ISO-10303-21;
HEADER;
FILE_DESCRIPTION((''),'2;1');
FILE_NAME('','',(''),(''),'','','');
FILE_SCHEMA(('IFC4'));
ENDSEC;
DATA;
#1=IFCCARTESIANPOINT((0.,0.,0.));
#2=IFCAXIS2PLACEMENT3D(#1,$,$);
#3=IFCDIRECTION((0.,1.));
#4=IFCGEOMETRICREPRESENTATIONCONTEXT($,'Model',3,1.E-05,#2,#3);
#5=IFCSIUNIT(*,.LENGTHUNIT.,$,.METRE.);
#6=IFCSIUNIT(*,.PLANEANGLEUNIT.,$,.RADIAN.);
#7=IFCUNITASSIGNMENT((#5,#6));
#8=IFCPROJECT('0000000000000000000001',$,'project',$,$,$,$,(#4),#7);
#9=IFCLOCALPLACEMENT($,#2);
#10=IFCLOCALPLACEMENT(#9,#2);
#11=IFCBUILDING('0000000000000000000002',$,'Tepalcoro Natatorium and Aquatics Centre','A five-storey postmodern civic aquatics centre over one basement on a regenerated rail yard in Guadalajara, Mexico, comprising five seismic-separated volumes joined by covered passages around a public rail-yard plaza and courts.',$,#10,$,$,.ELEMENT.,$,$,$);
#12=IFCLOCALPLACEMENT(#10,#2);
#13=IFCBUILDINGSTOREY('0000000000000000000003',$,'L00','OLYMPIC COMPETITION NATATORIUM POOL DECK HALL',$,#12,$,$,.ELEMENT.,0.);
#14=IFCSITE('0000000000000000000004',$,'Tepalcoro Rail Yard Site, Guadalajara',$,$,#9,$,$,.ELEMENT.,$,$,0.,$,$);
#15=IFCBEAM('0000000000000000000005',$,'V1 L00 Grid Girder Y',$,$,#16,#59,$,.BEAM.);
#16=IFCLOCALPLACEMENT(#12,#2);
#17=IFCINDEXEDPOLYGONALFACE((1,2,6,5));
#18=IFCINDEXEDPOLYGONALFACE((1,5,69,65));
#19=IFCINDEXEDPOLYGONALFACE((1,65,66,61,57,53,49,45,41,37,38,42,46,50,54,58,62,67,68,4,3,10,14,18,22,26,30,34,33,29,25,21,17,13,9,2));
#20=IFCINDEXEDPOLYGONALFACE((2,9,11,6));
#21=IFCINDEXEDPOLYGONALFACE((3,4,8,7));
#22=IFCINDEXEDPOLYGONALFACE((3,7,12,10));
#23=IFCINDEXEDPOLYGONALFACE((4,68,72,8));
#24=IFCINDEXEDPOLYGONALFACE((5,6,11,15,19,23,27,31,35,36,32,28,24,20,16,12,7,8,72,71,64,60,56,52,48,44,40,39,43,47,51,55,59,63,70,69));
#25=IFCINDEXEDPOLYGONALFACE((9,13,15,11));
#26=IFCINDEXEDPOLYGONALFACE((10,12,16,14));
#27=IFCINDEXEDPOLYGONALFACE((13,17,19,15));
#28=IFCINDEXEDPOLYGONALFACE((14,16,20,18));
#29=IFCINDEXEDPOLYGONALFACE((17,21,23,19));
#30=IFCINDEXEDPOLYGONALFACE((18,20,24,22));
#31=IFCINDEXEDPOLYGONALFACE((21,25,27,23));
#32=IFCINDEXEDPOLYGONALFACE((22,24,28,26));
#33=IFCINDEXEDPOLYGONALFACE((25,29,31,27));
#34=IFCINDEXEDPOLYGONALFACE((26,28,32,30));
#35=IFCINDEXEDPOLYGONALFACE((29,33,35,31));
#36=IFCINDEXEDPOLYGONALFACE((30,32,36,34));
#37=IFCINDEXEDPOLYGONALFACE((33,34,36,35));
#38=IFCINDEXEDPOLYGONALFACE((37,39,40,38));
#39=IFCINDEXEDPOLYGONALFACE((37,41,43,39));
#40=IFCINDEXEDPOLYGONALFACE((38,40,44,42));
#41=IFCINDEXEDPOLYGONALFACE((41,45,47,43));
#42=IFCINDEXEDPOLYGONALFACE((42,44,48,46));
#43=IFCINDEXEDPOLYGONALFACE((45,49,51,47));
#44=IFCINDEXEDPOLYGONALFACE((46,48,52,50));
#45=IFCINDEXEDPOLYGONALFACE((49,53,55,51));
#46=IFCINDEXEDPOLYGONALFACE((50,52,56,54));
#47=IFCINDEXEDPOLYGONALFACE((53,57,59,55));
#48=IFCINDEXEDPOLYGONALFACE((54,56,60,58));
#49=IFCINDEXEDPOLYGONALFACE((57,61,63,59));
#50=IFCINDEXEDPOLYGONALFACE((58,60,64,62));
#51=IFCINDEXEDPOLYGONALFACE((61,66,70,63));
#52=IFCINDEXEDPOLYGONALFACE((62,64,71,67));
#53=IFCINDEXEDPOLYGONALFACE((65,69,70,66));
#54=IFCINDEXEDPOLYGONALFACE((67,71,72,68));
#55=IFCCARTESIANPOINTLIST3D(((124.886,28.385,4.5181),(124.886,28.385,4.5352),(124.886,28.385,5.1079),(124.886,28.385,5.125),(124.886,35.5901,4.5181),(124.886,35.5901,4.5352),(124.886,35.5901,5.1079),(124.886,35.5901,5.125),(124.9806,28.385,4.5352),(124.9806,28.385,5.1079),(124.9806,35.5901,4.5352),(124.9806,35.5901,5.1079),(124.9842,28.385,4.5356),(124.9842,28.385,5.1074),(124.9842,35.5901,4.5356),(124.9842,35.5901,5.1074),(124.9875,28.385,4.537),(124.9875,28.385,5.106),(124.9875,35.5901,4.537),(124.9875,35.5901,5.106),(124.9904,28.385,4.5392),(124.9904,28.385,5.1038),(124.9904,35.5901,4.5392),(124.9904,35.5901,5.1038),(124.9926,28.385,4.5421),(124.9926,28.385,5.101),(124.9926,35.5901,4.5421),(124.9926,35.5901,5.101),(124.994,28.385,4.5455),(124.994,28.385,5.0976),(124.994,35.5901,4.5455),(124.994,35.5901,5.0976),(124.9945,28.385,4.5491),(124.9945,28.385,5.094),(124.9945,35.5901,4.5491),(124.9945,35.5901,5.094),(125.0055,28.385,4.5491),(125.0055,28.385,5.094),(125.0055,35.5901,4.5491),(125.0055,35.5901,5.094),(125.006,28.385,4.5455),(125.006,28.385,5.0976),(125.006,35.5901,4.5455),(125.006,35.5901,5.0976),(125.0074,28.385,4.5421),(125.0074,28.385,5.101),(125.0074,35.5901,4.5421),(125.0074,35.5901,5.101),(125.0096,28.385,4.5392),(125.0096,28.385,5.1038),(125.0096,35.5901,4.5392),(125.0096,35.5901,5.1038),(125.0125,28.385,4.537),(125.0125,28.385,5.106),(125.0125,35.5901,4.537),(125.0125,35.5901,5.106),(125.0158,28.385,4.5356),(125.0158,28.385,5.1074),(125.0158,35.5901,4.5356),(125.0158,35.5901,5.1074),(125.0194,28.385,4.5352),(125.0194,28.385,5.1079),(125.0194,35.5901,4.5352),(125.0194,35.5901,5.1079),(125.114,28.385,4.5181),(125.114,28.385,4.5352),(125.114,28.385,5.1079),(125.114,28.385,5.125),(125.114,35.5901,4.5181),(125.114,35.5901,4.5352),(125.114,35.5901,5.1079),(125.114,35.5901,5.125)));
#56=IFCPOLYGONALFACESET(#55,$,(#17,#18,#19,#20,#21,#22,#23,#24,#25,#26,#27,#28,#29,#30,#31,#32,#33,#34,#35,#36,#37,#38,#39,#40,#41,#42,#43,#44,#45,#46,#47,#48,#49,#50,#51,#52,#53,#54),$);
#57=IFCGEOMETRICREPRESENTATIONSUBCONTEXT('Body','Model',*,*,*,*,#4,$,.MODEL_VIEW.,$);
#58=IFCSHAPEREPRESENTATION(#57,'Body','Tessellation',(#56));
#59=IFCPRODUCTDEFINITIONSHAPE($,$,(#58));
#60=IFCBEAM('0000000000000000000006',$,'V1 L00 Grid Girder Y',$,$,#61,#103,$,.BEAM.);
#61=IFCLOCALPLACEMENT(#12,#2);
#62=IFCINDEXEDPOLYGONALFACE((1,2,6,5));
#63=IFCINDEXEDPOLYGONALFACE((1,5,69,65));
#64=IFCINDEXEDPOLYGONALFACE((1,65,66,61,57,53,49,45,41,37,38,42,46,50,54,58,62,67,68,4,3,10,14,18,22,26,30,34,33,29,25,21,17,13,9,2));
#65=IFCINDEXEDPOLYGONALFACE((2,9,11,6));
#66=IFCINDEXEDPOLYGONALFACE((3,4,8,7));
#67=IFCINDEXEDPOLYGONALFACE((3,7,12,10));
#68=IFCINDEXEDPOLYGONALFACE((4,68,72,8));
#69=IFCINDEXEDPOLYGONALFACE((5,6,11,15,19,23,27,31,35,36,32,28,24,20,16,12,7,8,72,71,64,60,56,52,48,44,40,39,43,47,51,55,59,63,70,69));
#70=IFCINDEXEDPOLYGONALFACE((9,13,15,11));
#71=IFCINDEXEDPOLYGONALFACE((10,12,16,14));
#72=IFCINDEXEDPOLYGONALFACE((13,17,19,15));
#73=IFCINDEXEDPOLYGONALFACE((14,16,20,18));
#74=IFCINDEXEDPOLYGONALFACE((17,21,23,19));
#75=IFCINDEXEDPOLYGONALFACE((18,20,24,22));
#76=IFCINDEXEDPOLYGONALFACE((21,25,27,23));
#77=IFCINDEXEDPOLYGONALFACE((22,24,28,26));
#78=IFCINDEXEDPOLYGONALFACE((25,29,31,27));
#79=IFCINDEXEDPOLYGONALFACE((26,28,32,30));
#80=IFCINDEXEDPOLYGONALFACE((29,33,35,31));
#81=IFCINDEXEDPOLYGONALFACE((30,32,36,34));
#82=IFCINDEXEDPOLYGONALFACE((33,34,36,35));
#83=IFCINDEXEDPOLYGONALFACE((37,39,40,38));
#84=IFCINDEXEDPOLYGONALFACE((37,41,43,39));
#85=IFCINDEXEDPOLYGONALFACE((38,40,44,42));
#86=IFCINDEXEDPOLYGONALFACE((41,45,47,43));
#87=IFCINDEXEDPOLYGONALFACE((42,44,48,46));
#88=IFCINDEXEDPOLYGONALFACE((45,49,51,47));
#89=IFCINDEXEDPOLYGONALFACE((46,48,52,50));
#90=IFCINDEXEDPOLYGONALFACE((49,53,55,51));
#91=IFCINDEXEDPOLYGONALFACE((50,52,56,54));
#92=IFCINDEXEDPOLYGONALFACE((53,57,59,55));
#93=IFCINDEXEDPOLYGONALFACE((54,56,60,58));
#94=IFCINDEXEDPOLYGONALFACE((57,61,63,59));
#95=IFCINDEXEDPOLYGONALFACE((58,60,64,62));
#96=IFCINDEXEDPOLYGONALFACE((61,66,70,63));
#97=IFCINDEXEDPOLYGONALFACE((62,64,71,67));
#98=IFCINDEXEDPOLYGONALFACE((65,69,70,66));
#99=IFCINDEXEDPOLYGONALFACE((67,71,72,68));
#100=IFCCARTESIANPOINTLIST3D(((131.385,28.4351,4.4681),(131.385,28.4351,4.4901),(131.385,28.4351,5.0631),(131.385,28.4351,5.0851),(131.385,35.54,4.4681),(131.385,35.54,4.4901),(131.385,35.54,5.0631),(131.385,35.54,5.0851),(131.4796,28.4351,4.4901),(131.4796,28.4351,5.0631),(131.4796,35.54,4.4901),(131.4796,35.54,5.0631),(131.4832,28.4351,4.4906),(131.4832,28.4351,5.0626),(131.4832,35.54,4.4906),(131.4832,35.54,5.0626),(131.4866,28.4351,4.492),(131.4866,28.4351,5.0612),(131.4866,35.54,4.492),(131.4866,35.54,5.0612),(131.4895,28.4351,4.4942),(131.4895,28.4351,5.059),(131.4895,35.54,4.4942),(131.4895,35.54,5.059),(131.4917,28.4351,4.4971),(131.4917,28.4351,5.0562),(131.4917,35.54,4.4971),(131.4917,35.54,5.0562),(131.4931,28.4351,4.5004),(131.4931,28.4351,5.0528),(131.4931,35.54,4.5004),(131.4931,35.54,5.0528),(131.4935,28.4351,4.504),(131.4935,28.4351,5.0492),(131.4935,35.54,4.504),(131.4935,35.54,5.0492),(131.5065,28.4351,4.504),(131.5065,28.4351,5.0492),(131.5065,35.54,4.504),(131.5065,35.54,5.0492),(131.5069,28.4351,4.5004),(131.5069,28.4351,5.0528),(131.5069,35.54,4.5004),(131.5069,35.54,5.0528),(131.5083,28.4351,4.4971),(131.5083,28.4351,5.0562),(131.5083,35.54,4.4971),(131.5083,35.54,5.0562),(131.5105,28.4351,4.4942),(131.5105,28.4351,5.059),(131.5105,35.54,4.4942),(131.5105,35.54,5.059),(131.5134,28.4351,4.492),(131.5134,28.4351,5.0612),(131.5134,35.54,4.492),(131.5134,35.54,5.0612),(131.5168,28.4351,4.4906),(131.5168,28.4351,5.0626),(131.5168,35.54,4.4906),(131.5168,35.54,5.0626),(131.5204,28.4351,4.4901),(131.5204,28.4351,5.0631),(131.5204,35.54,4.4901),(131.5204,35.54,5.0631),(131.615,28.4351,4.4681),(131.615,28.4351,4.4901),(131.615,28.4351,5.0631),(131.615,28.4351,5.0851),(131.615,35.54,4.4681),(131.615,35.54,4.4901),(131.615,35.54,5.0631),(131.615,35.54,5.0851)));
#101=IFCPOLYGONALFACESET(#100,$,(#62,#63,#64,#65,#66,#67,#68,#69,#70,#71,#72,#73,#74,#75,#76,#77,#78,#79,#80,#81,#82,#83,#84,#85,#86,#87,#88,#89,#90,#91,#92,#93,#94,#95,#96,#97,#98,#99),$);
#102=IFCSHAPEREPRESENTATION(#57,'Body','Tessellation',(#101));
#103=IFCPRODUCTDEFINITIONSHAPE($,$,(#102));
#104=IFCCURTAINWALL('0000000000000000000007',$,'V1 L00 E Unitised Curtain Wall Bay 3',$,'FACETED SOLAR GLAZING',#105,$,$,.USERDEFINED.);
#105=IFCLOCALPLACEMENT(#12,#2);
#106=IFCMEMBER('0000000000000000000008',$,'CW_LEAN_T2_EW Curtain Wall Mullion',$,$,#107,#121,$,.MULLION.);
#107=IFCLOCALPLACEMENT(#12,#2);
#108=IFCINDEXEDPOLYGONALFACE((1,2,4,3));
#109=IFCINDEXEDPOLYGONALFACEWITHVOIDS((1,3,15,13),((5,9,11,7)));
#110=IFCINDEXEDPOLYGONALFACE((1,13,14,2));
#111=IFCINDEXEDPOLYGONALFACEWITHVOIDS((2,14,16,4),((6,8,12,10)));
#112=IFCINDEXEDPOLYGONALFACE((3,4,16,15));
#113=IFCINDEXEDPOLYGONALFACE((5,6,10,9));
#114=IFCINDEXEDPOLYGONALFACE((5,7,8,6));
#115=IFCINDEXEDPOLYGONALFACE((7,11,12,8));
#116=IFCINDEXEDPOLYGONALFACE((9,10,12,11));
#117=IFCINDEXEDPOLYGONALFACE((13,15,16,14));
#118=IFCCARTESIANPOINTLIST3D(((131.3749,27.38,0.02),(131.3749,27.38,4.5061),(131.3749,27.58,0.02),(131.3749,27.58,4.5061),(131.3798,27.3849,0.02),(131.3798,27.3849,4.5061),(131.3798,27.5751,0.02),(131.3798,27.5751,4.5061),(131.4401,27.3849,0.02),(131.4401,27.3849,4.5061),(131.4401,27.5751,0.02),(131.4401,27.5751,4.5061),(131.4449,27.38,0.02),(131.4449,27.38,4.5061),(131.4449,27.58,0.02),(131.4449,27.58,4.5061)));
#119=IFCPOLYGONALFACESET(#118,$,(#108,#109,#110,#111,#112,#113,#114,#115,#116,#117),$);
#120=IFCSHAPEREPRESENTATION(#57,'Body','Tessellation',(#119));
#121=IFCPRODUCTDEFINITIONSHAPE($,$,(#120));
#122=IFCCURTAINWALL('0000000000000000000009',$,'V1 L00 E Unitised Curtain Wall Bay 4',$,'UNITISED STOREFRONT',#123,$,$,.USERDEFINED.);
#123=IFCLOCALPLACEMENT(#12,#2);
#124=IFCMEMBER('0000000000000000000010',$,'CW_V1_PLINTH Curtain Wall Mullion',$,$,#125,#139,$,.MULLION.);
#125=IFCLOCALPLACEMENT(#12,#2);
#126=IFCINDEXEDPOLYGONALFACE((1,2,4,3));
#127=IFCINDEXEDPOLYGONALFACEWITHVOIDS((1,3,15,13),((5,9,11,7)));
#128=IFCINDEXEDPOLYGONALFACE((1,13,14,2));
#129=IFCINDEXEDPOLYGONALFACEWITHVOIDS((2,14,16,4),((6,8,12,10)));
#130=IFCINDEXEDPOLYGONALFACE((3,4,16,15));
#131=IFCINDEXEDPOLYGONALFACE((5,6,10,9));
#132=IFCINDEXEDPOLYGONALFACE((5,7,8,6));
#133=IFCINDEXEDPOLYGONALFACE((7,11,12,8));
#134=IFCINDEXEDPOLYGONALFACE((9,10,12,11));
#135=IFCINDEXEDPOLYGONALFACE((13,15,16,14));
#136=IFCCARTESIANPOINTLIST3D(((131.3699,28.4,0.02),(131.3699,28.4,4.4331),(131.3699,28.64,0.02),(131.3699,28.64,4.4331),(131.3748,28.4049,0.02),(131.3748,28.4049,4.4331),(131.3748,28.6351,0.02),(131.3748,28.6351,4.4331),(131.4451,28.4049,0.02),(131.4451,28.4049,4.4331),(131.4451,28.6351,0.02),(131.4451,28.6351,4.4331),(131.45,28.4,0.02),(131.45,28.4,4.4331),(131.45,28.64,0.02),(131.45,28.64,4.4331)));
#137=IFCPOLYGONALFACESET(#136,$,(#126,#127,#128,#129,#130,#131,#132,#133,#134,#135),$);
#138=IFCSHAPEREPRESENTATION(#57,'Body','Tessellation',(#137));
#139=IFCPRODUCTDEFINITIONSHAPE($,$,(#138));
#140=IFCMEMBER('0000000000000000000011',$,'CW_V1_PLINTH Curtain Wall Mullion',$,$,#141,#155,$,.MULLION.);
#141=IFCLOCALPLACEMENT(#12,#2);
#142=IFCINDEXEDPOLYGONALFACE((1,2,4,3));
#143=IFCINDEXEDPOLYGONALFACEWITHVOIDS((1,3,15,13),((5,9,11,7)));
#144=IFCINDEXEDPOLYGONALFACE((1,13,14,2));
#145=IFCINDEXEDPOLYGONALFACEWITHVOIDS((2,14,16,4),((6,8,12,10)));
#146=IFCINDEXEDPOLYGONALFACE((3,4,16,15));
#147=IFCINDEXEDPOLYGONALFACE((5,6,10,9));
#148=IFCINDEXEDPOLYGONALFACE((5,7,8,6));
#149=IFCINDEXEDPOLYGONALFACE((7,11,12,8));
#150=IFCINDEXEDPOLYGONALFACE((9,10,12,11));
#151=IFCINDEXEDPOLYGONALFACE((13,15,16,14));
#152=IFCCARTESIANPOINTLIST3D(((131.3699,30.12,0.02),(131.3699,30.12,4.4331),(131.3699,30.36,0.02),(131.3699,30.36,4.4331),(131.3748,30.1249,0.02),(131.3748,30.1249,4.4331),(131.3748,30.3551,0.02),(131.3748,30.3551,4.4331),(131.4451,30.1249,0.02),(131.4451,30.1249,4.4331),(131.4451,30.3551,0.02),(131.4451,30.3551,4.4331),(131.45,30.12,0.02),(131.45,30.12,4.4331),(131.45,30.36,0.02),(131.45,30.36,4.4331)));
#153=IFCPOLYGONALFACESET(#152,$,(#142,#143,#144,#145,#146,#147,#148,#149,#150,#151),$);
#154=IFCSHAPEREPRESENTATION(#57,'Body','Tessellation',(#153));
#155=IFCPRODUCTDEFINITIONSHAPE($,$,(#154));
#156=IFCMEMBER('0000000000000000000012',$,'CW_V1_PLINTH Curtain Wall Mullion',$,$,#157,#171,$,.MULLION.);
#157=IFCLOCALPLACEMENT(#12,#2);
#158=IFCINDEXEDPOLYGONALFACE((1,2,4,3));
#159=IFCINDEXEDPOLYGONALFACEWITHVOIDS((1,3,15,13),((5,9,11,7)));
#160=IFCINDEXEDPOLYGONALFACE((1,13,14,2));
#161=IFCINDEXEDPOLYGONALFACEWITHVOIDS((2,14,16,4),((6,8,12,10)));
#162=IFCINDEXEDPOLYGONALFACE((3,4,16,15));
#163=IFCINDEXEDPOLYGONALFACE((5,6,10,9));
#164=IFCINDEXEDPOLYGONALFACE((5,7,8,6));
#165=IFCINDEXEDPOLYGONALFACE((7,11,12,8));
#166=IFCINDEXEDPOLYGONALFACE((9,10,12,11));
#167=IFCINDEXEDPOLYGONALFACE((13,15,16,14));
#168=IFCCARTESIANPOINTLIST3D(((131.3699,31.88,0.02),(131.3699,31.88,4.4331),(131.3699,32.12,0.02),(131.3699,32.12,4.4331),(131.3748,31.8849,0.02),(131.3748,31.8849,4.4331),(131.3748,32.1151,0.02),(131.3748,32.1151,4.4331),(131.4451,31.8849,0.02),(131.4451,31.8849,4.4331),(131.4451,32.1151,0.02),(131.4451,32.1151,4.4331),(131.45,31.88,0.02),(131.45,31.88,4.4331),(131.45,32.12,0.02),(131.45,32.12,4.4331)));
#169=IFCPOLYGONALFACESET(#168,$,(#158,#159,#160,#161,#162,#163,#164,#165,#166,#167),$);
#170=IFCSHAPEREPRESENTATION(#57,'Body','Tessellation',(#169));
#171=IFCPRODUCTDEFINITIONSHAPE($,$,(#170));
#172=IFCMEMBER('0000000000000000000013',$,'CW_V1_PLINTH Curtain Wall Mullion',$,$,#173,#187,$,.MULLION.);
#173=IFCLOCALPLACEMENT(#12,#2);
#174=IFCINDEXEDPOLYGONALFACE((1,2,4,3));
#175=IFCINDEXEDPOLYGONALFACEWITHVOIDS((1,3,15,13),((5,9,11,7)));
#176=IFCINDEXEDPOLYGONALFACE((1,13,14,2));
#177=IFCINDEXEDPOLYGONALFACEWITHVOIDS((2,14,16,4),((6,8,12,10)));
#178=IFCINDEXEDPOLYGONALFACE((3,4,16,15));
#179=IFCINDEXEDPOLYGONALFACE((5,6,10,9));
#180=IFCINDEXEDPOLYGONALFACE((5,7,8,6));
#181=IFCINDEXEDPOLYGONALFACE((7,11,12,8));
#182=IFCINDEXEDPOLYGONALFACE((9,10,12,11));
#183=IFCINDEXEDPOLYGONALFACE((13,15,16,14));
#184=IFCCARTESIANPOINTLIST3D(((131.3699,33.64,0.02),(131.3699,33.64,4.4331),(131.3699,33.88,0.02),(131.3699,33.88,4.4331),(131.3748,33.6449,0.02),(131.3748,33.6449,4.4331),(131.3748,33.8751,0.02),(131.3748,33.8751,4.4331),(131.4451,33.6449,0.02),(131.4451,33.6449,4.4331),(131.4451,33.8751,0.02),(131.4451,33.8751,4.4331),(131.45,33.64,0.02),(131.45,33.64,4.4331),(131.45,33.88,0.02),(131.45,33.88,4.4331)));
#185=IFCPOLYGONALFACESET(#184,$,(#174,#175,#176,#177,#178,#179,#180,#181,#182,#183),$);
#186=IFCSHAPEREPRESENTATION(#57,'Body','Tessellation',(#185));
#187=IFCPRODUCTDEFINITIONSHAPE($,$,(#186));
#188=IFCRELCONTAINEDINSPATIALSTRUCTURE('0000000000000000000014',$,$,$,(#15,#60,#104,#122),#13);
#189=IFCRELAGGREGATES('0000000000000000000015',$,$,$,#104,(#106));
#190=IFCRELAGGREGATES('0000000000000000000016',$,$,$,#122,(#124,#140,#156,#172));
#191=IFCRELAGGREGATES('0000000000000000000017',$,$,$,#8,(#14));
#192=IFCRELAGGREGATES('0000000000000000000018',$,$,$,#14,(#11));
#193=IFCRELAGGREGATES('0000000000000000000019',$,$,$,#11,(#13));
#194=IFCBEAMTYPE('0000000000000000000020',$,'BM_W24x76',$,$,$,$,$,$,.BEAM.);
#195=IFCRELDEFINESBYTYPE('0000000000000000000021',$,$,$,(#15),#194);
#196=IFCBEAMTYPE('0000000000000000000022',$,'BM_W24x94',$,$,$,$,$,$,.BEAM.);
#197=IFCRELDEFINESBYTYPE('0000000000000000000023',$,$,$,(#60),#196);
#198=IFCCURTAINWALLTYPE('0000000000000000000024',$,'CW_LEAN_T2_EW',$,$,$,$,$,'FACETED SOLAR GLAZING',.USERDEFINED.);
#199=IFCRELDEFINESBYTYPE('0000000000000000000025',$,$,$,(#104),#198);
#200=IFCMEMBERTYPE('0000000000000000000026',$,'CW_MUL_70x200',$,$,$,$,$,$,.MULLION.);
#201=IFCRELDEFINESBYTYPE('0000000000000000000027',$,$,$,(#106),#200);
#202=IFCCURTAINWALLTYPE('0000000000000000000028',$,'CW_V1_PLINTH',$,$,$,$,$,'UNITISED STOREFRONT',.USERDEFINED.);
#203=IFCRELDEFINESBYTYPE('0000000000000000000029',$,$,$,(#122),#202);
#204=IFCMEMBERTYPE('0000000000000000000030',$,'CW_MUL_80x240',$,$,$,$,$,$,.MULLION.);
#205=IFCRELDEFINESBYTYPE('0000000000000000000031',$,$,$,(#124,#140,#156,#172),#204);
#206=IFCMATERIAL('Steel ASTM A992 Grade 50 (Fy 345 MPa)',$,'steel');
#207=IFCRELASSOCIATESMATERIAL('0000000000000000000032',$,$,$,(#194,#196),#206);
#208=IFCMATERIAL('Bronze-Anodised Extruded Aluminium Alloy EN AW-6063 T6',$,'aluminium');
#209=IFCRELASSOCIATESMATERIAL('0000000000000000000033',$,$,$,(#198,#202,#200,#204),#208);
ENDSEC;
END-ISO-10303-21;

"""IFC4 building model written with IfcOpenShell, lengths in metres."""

from ifc_helpers import new_model, si_unit, direction, frame, origin, origin_2d, place, context, subcontext, project, spatial, hollow_rectangle, i_section, extrude, material, material_profile, profile_set, type_object, element, aggregate, save


model = new_model("IFC4")

# Units and contexts
model_context = context("Model", 3, precision=1e-05, world=origin(), true_north=direction((0.0, 1.0)))
body_context = subcontext(model_context, "Body", "Model", "MODEL_VIEW")
ifc_project = project(units=[si_unit("LENGTHUNIT", "METRE"), si_unit("PLANEANGLEUNIT", "RADIAN")], contexts=[model_context])

# Site, building, storey
site_placement = place(None, origin())
site = spatial("IfcSite", under=ifc_project, at=site_placement, Name="Tepalcoro Rail Yard Site, Guadalajara", CompositionType="ELEMENT", RefElevation=0.0)
building_placement = place(site_placement, origin())
building = spatial("IfcBuilding", under=site, at=building_placement, Name="Tepalcoro Natatorium and Aquatics Centre", Description="A five-storey postmodern civic aquatics centre over one basement on a regenerated rail yard in Guadalajara, Mexico, comprising five seismic-separated volumes joined by covered passages around a public rail-yard plaza and courts.", CompositionType="ELEMENT")
storey_placement = place(building_placement, origin())
storey = spatial("IfcBuildingStorey", under=building, at=storey_placement, Name="L00", Description="OLYMPIC COMPETITION NATATORIUM POOL DECK HALL", CompositionType="ELEMENT", Elevation=0.0)

# Beams
ifc_material_1 = material(Name="Steel ASTM A992 Grade 50 (Fy 345 MPa)", Category="steel")
ifc_material_profile_1 = material_profile(ifc_material_1, i_section(OverallWidth=0.228, OverallDepth=0.6069, WebThickness=0.011, FlangeThickness=0.0171, FilletRadius=0.0139, at=origin_2d()), Name="W24X76")
ifc_profile_set_1 = profile_set([ifc_material_profile_1], Name="Steel ASTM A992 Grade 50 (Fy 345 MPa)")
beam_type_1 = type_object("IfcBeamType", Name="BM_W24x76", PredefinedType="BEAM", material=ifc_profile_set_1)
beam_1_placement = place(storey_placement, frame((125.0, 28.385, 4.8215), z_axis=(0.0, 1.0, 0.0), x_axis=(-1.0, 0.0, 0.0)))
element("IfcBeam", 1, at=beam_1_placement, inside=storey, type_object=beam_type_1, Name="V1 L00 Grid Girder Y", PredefinedType="BEAM", context=body_context, shape_type="SweptSolid", body=[
    extrude(i_section(OverallWidth=0.228, OverallDepth=0.6069, WebThickness=0.011, FlangeThickness=0.0171, FilletRadius=0.0139, at=origin_2d()), origin(), (0.0, 0.0, 1.0), 7.2051),
])
ifc_material_profile_2 = material_profile(ifc_material_1, i_section(OverallWidth=0.23, OverallDepth=0.6169, WebThickness=0.0129, FlangeThickness=0.022, FilletRadius=0.0139, at=origin_2d()), Name="W24X94")
ifc_profile_set_2 = profile_set([ifc_material_profile_2], Name="Steel ASTM A992 Grade 50 (Fy 345 MPa)")
beam_type_2 = type_object("IfcBeamType", Name="BM_W24x94", PredefinedType="BEAM", material=ifc_profile_set_2)
beam_2_placement = place(storey_placement, frame((131.5, 28.4351, 4.7766), z_axis=(0.0, 1.0, 0.0), x_axis=(-1.0, 0.0, 0.0)))
element("IfcBeam", 2, at=beam_2_placement, inside=storey, type_object=beam_type_2, Name="V1 L00 Grid Girder Y", PredefinedType="BEAM", context=body_context, shape_type="SweptSolid", body=[
    extrude(i_section(OverallWidth=0.23, OverallDepth=0.6169, WebThickness=0.0129, FlangeThickness=0.022, FilletRadius=0.0139, at=origin_2d()), origin(), (0.0, 0.0, 1.0), 7.105),
])

# Curtain wall, member
ifc_material_2 = material(Name="Bronze-Anodised Extruded Aluminium Alloy EN AW-6063 T6", Category="aluminium")
curtain_wall_type_1 = type_object("IfcCurtainWallType", Name="CW_LEAN_T2_EW", ElementType="FACETED SOLAR GLAZING", PredefinedType="USERDEFINED", material=ifc_material_2)
curtain_wall_1_placement = place(storey_placement, origin())
curtain_wall_1 = element("IfcCurtainWall", 3, at=curtain_wall_1_placement, inside=storey, type_object=curtain_wall_type_1, Name="V1 L00 E Unitised Curtain Wall Bay 3", ObjectType="FACETED SOLAR GLAZING", PredefinedType="USERDEFINED")
ifc_material_profile_3 = material_profile(ifc_material_2, hollow_rectangle(XDim=0.0701, YDim=0.2, WallThickness=0.0049, at=origin_2d()), Name="AL70X200X5")
ifc_profile_set_3 = profile_set([ifc_material_profile_3], Name="Bronze-Anodised Extruded Aluminium Alloy EN AW-6063 T6")
member_type_1 = type_object("IfcMemberType", Name="CW_MUL_70x200", PredefinedType="MULLION", material=ifc_profile_set_3)
member_1_placement = place(storey_placement, frame((131.4099, 27.48, 0.02), z_axis=(0.0, 0.0, 1.0), x_axis=(1.0, 0.0, 0.0)))
member_1 = element("IfcMember", 4, at=member_1_placement, type_object=member_type_1, Name="CW_LEAN_T2_EW Curtain Wall Mullion", PredefinedType="MULLION", context=body_context, shape_type="SweptSolid", body=[
    extrude(hollow_rectangle(XDim=0.0701, YDim=0.2, WallThickness=0.0049, at=origin_2d()), origin(), (0.0, 0.0, 1.0), 4.4861),
])
aggregate(curtain_wall_1, [member_1])

# Curtain wall, members
curtain_wall_type_2 = type_object("IfcCurtainWallType", Name="CW_V1_PLINTH", ElementType="UNITISED STOREFRONT", PredefinedType="USERDEFINED", material=ifc_material_2)
curtain_wall_2_placement = place(storey_placement, origin())
curtain_wall_2 = element("IfcCurtainWall", 5, at=curtain_wall_2_placement, inside=storey, type_object=curtain_wall_type_2, Name="V1 L00 E Unitised Curtain Wall Bay 4", ObjectType="UNITISED STOREFRONT", PredefinedType="USERDEFINED")
ifc_material_profile_4 = material_profile(ifc_material_2, hollow_rectangle(XDim=0.0801, YDim=0.24, WallThickness=0.0049, at=origin_2d()), Name="AL80X240X5")
ifc_profile_set_4 = profile_set([ifc_material_profile_4], Name="Bronze-Anodised Extruded Aluminium Alloy EN AW-6063 T6")
member_type_2 = type_object("IfcMemberType", Name="CW_MUL_80x240", PredefinedType="MULLION", material=ifc_profile_set_4)
member_2_placement = place(storey_placement, frame((131.4099, 28.52, 0.02), z_axis=(0.0, 0.0, 1.0), x_axis=(1.0, 0.0, 0.0)))
member_2 = element("IfcMember", 6, at=member_2_placement, type_object=member_type_2, Name="CW_V1_PLINTH Curtain Wall Mullion", PredefinedType="MULLION", context=body_context, shape_type="SweptSolid", body=[
    extrude(hollow_rectangle(XDim=0.0801, YDim=0.24, WallThickness=0.0049, at=origin_2d()), origin(), (0.0, 0.0, 1.0), 4.4131),
])
member_3_placement = place(storey_placement, frame((131.4099, 30.24, 0.02), z_axis=(0.0, 0.0, 1.0), x_axis=(1.0, 0.0, 0.0)))
member_3 = element("IfcMember", 7, at=member_3_placement, type_object=member_type_2, Name="CW_V1_PLINTH Curtain Wall Mullion", PredefinedType="MULLION", context=body_context, shape_type="SweptSolid", body=[
    extrude(hollow_rectangle(XDim=0.0801, YDim=0.24, WallThickness=0.0049, at=origin_2d()), origin(), (0.0, 0.0, 1.0), 4.4131),
])
member_4_placement = place(storey_placement, frame((131.4099, 32.0, 0.02), z_axis=(0.0, 0.0, 1.0), x_axis=(1.0, 0.0, 0.0)))
member_4 = element("IfcMember", 8, at=member_4_placement, type_object=member_type_2, Name="CW_V1_PLINTH Curtain Wall Mullion", PredefinedType="MULLION", context=body_context, shape_type="SweptSolid", body=[
    extrude(hollow_rectangle(XDim=0.0801, YDim=0.24, WallThickness=0.0049, at=origin_2d()), origin(), (0.0, 0.0, 1.0), 4.4131),
])
member_5_placement = place(storey_placement, frame((131.4099, 33.76, 0.02), z_axis=(0.0, 0.0, 1.0), x_axis=(1.0, 0.0, 0.0)))
member_5 = element("IfcMember", 9, at=member_5_placement, type_object=member_type_2, Name="CW_V1_PLINTH Curtain Wall Mullion", PredefinedType="MULLION", context=body_context, shape_type="SweptSolid", body=[
    extrude(hollow_rectangle(XDim=0.0801, YDim=0.24, WallThickness=0.0049, at=origin_2d()), origin(), (0.0, 0.0, 1.0), 4.4131),
])

aggregate(curtain_wall_2, [member_2, member_3, member_4, member_5])

save(model, "model.ifc")
